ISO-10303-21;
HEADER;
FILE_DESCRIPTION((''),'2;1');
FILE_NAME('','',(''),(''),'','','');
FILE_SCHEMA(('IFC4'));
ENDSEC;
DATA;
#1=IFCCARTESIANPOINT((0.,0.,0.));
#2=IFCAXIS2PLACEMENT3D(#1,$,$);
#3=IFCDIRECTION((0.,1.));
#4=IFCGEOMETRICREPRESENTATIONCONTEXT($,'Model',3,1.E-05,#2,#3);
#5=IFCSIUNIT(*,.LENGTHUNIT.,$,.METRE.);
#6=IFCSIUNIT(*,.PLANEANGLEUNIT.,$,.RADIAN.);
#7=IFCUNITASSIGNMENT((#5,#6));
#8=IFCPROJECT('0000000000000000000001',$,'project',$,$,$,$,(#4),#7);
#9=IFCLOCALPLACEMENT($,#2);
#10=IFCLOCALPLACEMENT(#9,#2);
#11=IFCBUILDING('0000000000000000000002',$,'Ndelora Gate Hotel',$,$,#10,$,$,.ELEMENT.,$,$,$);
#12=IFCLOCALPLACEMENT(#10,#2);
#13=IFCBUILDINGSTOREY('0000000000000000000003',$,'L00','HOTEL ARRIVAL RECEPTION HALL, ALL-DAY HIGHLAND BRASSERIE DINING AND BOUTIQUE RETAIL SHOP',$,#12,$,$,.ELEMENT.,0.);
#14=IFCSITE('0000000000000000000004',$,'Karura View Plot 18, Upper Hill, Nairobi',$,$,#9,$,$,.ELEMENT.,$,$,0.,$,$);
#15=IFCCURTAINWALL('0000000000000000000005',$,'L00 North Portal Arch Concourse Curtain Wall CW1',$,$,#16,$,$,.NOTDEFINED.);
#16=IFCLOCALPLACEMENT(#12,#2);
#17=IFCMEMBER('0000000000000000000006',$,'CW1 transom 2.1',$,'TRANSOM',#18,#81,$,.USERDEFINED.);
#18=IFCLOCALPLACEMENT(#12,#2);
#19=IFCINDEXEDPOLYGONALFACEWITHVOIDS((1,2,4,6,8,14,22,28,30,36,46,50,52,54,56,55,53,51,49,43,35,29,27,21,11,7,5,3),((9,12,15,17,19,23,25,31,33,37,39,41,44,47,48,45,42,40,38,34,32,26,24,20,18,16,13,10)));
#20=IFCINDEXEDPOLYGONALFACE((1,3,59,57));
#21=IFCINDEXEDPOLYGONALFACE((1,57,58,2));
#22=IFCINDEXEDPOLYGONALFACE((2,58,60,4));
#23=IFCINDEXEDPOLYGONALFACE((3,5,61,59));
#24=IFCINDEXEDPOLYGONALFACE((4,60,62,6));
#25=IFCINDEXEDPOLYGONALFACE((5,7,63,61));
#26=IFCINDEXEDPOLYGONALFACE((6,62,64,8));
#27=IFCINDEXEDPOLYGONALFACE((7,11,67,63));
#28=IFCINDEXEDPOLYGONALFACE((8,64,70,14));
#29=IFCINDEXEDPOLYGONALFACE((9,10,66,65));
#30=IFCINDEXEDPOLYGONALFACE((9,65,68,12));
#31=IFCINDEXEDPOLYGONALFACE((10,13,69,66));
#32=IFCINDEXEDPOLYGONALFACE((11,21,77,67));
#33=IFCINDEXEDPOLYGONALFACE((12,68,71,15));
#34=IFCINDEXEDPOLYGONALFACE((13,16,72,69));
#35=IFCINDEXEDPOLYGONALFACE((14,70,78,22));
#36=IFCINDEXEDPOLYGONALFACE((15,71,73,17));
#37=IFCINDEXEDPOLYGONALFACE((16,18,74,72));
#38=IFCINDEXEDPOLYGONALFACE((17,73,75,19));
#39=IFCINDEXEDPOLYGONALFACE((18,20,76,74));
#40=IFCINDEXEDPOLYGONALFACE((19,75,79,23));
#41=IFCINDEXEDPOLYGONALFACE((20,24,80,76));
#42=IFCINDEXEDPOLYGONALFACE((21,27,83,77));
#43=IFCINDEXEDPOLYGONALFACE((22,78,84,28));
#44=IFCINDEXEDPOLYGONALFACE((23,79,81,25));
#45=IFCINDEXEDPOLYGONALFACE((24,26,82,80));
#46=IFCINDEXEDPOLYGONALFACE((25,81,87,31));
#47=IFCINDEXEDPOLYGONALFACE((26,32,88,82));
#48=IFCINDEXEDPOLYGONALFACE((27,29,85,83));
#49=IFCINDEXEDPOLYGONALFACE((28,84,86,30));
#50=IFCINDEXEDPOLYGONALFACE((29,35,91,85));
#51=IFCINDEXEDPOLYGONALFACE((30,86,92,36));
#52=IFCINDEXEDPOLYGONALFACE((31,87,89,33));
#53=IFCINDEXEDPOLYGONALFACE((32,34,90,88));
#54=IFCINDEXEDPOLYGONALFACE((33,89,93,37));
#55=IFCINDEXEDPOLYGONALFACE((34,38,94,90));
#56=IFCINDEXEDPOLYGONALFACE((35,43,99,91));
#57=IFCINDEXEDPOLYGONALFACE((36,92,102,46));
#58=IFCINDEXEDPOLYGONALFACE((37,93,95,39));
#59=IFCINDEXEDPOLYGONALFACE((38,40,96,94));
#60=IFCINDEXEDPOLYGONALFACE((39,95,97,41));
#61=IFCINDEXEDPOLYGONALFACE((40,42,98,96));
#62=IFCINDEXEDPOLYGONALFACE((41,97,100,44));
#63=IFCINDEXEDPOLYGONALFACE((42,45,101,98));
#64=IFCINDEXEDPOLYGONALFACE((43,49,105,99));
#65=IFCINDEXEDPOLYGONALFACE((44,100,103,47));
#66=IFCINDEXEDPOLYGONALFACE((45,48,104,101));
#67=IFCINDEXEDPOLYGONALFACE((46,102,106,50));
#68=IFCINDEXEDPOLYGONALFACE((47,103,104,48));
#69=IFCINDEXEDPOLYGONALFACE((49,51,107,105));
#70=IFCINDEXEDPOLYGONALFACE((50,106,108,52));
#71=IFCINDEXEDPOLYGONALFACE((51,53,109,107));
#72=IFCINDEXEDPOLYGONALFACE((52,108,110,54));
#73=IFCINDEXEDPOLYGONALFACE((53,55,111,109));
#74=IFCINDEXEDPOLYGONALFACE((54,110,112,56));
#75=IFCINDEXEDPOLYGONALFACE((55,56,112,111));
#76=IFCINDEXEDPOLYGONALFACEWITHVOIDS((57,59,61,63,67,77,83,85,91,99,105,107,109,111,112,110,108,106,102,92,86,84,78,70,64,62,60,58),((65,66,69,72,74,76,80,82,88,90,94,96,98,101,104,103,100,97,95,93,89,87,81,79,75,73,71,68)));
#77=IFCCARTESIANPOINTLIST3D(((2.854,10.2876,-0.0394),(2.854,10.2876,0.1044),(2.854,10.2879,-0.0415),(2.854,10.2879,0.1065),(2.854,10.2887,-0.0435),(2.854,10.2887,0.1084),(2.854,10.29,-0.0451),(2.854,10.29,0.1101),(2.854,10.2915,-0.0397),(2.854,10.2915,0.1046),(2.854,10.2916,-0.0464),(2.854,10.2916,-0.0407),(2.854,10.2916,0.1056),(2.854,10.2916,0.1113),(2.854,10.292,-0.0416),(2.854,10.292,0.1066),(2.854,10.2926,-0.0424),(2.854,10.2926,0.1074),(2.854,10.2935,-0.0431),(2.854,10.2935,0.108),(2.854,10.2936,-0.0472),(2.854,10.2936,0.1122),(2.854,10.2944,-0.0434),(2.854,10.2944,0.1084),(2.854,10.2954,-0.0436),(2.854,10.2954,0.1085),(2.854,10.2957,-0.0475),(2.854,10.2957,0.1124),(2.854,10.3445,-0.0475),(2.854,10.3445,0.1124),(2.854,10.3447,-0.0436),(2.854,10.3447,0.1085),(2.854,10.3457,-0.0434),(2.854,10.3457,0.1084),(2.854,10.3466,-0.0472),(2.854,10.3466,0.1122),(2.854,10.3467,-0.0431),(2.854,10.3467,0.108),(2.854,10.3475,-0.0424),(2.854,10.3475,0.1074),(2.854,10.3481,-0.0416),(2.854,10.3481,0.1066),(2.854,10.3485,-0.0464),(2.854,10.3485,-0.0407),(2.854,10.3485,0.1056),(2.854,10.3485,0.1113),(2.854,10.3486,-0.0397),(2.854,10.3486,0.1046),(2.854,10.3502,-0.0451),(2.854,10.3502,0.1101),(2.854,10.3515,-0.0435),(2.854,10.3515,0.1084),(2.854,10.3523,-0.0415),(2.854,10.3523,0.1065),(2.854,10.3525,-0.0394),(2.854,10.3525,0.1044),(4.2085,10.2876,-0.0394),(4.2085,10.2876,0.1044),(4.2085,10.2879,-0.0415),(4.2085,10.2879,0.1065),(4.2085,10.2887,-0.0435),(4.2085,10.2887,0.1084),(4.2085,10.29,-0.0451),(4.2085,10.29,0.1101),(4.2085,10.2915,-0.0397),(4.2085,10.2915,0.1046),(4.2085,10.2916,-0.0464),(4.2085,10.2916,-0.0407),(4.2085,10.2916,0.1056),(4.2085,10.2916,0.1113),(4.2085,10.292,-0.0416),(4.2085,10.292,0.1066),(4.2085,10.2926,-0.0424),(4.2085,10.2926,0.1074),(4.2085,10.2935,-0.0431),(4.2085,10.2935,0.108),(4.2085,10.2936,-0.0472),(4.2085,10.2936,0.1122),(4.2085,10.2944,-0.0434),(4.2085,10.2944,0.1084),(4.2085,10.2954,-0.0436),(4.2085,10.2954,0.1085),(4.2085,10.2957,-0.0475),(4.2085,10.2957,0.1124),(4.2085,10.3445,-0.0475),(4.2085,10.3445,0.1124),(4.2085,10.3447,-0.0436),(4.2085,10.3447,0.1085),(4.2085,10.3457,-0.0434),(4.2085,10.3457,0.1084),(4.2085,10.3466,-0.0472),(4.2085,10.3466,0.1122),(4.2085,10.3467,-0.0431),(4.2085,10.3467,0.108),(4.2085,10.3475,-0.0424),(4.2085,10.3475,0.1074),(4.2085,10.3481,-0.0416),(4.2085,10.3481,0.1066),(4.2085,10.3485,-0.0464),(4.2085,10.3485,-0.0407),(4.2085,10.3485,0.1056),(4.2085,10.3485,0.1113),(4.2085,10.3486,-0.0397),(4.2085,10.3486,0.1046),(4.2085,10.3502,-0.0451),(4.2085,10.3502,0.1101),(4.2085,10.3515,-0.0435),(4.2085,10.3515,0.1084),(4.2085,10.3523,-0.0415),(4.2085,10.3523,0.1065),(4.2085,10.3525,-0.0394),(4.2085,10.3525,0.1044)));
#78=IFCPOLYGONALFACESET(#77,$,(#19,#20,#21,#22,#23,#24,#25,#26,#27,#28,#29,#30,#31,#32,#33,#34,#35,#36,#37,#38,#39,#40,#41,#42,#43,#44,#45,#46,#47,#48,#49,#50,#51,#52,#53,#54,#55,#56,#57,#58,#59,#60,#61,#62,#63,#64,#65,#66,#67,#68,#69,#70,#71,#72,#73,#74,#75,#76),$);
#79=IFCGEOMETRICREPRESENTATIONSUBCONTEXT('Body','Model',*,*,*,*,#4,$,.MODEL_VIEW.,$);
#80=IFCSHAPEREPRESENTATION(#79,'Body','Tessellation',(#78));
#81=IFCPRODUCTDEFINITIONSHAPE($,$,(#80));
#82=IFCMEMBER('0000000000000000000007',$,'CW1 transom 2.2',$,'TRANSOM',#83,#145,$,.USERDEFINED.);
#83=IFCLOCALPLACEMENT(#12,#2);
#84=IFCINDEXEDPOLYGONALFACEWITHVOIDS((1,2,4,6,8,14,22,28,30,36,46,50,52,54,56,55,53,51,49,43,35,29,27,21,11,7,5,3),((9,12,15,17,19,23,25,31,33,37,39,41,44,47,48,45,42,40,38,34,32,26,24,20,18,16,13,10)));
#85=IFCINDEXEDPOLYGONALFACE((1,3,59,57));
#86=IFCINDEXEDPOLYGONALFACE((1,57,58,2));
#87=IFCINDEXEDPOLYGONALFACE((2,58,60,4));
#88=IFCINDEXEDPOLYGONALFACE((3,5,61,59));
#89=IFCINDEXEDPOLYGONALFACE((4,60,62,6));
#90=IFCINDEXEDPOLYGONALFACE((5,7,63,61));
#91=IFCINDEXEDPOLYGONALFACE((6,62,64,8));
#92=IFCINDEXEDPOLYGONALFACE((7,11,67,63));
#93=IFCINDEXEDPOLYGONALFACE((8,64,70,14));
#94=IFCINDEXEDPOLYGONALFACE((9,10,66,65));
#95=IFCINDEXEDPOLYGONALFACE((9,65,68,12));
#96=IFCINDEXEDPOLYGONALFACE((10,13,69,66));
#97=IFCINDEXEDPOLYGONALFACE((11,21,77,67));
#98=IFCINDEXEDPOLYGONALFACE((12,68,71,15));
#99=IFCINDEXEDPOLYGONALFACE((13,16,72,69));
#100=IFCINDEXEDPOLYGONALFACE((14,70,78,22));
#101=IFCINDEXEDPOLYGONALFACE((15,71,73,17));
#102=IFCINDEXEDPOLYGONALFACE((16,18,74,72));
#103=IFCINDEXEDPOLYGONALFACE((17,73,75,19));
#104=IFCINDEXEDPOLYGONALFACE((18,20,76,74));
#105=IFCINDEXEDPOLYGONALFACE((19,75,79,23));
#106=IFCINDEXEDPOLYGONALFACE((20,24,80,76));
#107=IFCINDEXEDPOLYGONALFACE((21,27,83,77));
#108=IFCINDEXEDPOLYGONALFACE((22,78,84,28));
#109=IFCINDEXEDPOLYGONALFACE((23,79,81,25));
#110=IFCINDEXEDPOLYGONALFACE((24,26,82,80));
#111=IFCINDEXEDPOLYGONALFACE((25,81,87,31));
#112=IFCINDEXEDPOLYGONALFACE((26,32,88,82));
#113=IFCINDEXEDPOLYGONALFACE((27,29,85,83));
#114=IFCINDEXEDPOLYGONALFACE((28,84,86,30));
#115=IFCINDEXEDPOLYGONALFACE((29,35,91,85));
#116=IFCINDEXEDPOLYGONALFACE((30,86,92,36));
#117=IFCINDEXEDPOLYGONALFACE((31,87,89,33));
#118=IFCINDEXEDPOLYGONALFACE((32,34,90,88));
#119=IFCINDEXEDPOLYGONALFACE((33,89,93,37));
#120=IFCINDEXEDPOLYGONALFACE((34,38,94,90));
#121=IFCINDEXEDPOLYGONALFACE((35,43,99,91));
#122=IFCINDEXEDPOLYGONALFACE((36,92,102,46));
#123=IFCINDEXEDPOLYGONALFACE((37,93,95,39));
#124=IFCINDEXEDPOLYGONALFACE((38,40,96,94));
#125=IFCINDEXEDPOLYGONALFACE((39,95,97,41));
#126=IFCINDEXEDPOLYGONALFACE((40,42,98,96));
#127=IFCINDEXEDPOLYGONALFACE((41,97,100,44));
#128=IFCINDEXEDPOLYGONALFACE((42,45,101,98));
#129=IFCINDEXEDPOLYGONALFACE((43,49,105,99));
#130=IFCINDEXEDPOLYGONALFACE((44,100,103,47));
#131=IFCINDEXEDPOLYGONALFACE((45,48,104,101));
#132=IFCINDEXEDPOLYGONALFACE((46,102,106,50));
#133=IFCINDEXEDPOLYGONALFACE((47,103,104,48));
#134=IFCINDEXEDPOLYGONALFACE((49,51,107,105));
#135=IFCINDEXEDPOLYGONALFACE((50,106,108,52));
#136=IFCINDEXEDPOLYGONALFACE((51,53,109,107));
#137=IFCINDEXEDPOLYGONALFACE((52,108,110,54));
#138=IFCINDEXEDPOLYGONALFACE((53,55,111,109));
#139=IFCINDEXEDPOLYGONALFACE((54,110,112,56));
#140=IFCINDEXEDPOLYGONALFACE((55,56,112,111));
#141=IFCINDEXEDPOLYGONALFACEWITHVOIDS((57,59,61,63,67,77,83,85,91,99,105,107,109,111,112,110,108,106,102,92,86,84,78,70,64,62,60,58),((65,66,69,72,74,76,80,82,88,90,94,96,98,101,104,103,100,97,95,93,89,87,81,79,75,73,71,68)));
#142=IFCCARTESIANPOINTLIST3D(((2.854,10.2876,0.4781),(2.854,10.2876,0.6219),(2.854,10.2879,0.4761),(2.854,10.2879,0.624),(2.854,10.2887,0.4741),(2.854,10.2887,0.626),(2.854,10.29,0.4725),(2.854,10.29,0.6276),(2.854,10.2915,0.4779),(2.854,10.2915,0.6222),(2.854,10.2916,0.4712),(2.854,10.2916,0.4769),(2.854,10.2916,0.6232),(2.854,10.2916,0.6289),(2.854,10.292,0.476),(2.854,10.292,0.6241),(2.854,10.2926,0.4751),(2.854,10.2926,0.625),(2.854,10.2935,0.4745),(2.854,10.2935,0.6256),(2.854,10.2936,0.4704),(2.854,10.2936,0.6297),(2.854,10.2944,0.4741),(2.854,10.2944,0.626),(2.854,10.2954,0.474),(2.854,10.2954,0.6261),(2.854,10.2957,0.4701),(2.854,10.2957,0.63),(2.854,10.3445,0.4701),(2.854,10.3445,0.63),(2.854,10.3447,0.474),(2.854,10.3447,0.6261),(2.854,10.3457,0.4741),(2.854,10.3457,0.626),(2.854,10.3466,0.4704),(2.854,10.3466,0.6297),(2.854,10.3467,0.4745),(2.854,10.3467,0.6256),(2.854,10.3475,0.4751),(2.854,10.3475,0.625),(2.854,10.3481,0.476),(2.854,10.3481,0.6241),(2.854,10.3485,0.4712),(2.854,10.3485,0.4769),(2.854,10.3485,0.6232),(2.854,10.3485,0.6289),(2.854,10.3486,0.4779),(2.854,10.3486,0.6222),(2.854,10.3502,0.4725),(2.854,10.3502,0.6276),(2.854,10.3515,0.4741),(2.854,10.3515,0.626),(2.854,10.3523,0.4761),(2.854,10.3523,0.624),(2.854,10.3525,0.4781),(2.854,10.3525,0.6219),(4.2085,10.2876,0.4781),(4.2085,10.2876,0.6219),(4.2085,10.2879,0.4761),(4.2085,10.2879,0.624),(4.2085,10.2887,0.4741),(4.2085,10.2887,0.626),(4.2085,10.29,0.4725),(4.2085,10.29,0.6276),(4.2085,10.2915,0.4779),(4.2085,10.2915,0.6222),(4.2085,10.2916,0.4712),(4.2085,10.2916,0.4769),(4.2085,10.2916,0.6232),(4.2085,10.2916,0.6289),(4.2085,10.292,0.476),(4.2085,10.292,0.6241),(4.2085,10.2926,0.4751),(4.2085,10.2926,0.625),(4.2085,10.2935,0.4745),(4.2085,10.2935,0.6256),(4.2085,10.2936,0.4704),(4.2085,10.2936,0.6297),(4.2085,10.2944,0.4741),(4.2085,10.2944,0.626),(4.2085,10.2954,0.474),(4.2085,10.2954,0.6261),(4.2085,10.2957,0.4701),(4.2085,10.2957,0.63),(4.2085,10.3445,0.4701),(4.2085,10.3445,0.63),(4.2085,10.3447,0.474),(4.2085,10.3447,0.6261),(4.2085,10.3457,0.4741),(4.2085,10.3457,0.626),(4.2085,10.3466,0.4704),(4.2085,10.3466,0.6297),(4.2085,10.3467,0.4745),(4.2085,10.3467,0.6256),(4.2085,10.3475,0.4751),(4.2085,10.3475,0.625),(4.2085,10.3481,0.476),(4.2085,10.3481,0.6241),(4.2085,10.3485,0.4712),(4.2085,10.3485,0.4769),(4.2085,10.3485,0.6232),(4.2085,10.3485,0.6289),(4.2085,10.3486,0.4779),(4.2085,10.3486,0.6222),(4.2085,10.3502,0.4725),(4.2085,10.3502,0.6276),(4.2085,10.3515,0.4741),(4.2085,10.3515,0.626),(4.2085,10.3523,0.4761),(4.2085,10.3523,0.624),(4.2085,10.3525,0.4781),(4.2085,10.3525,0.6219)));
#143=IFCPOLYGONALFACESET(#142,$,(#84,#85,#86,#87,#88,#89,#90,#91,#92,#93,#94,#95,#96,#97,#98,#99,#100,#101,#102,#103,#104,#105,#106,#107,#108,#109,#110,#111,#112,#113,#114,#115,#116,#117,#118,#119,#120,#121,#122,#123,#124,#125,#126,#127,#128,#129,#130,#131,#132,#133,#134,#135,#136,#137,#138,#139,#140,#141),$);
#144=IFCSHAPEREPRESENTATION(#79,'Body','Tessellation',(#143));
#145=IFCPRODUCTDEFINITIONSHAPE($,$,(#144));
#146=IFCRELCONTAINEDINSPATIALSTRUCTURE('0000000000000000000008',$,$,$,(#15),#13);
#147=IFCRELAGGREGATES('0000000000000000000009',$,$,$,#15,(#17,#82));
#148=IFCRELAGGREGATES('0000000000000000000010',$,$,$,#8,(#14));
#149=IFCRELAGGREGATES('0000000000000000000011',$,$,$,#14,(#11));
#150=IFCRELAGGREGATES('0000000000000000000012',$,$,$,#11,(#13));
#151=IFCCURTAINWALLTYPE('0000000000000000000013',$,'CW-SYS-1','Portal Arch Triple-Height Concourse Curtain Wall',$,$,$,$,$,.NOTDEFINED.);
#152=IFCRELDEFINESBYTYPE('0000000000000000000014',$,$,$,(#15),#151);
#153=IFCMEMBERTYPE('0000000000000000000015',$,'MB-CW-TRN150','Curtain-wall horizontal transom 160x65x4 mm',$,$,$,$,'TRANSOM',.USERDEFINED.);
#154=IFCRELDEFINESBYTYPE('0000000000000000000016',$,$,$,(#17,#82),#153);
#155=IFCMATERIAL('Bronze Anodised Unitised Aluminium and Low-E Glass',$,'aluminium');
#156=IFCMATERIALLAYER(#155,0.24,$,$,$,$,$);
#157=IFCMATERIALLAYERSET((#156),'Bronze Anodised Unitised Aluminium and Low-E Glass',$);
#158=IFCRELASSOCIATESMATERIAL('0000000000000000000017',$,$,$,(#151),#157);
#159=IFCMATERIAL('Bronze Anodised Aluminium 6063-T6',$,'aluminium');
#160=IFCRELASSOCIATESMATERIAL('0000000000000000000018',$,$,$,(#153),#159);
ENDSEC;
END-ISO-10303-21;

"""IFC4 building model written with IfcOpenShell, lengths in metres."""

from ifc_helpers import new_model, si_unit, direction, frame, origin, origin_2d, place, context, subcontext, project, spatial, hollow_rectangle, extrude, material, layer, layer_set, material_profile, profile_set, type_object, element, aggregate, save


model = new_model("IFC4")

# Units and contexts
model_context = context("Model", 3, precision=1e-05, world=origin(), true_north=direction((0.0, 1.0)))
body_context = subcontext(model_context, "Body", "Model", "MODEL_VIEW")
ifc_project = project(units=[si_unit("LENGTHUNIT", "METRE"), si_unit("PLANEANGLEUNIT", "RADIAN")], contexts=[model_context])

# Site, building, storey
site_placement = place(None, origin())
site = spatial("IfcSite", under=ifc_project, at=site_placement, Name="Karura View Plot 18, Upper Hill, Nairobi", CompositionType="ELEMENT", RefElevation=0.0)
building_placement = place(site_placement, origin())
building = spatial("IfcBuilding", under=site, at=building_placement, Name="Ndelora Gate Hotel", CompositionType="ELEMENT")
storey_placement = place(building_placement, origin())
storey = spatial("IfcBuildingStorey", under=building, at=storey_placement, Name="L00", Description="HOTEL ARRIVAL RECEPTION HALL, ALL-DAY HIGHLAND BRASSERIE DINING AND BOUTIQUE RETAIL SHOP", CompositionType="ELEMENT", Elevation=0.0)

# Curtain wall, members
ifc_material_1 = material(Name="Bronze Anodised Unitised Aluminium and Low-E Glass", Category="aluminium")
ifc_layer_1 = layer(ifc_material_1, 0.24)
ifc_layer_set_1 = layer_set([ifc_layer_1], Name="Bronze Anodised Unitised Aluminium and Low-E Glass")
curtain_wall_type = type_object("IfcCurtainWallType", Name="CW-SYS-1", Description="Portal Arch Triple-Height Concourse Curtain Wall", PredefinedType="NOTDEFINED", material=ifc_layer_set_1)
curtain_wall_placement = place(storey_placement, origin())
curtain_wall = element("IfcCurtainWall", 1, at=curtain_wall_placement, inside=storey, type_object=curtain_wall_type, Name="L00 North Portal Arch Concourse Curtain Wall CW1", PredefinedType="NOTDEFINED")
ifc_material_2 = material(Name="Bronze Anodised Aluminium 6063-T6", Category="aluminium")
ifc_material_profile_1 = material_profile(ifc_material_2, hollow_rectangle(XDim=0.0649, YDim=0.1599, WallThickness=0.0039, InnerFilletRadius=0.0039, OuterFilletRadius=0.0081, at=origin_2d()), Name="ALU 160x65x4")
ifc_profile_set_1 = profile_set([ifc_material_profile_1], Name="Bronze Anodised Aluminium 6063-T6")
member_type_1 = type_object("IfcMemberType", Name="MB-CW-TRN150", Description="Curtain-wall horizontal transom 160x65x4 mm", ElementType="TRANSOM", PredefinedType="USERDEFINED", material=ifc_profile_set_1)
member_1_placement = place(storey_placement, frame((4.2085, 10.3201, 0.0325), z_axis=(-1.0, 0.0, 0.0), x_axis=(0.0, -1.0, 0.0)))
member_1 = element("IfcMember", 2, at=member_1_placement, type_object=member_type_1, Name="CW1 transom 2.1", ObjectType="TRANSOM", PredefinedType="USERDEFINED", context=body_context, shape_type="SweptSolid", body=[
    extrude(hollow_rectangle(XDim=0.0649, YDim=0.1599, WallThickness=0.0039, InnerFilletRadius=0.0039, OuterFilletRadius=0.0081, at=origin_2d()), origin(), (0.0, 0.0, 1.0), 1.3545),
])
member_2_placement = place(storey_placement, frame((4.2085, 10.3201, 0.55), z_axis=(-1.0, 0.0, 0.0), x_axis=(0.0, -1.0, 0.0)))
member_2 = element("IfcMember", 3, at=member_2_placement, type_object=member_type_1, Name="CW1 transom 2.2", ObjectType="TRANSOM", PredefinedType="USERDEFINED", context=body_context, shape_type="SweptSolid", body=[
    extrude(hollow_rectangle(XDim=0.0649, YDim=0.1599, WallThickness=0.0039, InnerFilletRadius=0.0039, OuterFilletRadius=0.0081, at=origin_2d()), origin(), (0.0, 0.0, 1.0), 1.3545),
])
aggregate(curtain_wall, [member_1, member_2])

save(model, "model.ifc")
